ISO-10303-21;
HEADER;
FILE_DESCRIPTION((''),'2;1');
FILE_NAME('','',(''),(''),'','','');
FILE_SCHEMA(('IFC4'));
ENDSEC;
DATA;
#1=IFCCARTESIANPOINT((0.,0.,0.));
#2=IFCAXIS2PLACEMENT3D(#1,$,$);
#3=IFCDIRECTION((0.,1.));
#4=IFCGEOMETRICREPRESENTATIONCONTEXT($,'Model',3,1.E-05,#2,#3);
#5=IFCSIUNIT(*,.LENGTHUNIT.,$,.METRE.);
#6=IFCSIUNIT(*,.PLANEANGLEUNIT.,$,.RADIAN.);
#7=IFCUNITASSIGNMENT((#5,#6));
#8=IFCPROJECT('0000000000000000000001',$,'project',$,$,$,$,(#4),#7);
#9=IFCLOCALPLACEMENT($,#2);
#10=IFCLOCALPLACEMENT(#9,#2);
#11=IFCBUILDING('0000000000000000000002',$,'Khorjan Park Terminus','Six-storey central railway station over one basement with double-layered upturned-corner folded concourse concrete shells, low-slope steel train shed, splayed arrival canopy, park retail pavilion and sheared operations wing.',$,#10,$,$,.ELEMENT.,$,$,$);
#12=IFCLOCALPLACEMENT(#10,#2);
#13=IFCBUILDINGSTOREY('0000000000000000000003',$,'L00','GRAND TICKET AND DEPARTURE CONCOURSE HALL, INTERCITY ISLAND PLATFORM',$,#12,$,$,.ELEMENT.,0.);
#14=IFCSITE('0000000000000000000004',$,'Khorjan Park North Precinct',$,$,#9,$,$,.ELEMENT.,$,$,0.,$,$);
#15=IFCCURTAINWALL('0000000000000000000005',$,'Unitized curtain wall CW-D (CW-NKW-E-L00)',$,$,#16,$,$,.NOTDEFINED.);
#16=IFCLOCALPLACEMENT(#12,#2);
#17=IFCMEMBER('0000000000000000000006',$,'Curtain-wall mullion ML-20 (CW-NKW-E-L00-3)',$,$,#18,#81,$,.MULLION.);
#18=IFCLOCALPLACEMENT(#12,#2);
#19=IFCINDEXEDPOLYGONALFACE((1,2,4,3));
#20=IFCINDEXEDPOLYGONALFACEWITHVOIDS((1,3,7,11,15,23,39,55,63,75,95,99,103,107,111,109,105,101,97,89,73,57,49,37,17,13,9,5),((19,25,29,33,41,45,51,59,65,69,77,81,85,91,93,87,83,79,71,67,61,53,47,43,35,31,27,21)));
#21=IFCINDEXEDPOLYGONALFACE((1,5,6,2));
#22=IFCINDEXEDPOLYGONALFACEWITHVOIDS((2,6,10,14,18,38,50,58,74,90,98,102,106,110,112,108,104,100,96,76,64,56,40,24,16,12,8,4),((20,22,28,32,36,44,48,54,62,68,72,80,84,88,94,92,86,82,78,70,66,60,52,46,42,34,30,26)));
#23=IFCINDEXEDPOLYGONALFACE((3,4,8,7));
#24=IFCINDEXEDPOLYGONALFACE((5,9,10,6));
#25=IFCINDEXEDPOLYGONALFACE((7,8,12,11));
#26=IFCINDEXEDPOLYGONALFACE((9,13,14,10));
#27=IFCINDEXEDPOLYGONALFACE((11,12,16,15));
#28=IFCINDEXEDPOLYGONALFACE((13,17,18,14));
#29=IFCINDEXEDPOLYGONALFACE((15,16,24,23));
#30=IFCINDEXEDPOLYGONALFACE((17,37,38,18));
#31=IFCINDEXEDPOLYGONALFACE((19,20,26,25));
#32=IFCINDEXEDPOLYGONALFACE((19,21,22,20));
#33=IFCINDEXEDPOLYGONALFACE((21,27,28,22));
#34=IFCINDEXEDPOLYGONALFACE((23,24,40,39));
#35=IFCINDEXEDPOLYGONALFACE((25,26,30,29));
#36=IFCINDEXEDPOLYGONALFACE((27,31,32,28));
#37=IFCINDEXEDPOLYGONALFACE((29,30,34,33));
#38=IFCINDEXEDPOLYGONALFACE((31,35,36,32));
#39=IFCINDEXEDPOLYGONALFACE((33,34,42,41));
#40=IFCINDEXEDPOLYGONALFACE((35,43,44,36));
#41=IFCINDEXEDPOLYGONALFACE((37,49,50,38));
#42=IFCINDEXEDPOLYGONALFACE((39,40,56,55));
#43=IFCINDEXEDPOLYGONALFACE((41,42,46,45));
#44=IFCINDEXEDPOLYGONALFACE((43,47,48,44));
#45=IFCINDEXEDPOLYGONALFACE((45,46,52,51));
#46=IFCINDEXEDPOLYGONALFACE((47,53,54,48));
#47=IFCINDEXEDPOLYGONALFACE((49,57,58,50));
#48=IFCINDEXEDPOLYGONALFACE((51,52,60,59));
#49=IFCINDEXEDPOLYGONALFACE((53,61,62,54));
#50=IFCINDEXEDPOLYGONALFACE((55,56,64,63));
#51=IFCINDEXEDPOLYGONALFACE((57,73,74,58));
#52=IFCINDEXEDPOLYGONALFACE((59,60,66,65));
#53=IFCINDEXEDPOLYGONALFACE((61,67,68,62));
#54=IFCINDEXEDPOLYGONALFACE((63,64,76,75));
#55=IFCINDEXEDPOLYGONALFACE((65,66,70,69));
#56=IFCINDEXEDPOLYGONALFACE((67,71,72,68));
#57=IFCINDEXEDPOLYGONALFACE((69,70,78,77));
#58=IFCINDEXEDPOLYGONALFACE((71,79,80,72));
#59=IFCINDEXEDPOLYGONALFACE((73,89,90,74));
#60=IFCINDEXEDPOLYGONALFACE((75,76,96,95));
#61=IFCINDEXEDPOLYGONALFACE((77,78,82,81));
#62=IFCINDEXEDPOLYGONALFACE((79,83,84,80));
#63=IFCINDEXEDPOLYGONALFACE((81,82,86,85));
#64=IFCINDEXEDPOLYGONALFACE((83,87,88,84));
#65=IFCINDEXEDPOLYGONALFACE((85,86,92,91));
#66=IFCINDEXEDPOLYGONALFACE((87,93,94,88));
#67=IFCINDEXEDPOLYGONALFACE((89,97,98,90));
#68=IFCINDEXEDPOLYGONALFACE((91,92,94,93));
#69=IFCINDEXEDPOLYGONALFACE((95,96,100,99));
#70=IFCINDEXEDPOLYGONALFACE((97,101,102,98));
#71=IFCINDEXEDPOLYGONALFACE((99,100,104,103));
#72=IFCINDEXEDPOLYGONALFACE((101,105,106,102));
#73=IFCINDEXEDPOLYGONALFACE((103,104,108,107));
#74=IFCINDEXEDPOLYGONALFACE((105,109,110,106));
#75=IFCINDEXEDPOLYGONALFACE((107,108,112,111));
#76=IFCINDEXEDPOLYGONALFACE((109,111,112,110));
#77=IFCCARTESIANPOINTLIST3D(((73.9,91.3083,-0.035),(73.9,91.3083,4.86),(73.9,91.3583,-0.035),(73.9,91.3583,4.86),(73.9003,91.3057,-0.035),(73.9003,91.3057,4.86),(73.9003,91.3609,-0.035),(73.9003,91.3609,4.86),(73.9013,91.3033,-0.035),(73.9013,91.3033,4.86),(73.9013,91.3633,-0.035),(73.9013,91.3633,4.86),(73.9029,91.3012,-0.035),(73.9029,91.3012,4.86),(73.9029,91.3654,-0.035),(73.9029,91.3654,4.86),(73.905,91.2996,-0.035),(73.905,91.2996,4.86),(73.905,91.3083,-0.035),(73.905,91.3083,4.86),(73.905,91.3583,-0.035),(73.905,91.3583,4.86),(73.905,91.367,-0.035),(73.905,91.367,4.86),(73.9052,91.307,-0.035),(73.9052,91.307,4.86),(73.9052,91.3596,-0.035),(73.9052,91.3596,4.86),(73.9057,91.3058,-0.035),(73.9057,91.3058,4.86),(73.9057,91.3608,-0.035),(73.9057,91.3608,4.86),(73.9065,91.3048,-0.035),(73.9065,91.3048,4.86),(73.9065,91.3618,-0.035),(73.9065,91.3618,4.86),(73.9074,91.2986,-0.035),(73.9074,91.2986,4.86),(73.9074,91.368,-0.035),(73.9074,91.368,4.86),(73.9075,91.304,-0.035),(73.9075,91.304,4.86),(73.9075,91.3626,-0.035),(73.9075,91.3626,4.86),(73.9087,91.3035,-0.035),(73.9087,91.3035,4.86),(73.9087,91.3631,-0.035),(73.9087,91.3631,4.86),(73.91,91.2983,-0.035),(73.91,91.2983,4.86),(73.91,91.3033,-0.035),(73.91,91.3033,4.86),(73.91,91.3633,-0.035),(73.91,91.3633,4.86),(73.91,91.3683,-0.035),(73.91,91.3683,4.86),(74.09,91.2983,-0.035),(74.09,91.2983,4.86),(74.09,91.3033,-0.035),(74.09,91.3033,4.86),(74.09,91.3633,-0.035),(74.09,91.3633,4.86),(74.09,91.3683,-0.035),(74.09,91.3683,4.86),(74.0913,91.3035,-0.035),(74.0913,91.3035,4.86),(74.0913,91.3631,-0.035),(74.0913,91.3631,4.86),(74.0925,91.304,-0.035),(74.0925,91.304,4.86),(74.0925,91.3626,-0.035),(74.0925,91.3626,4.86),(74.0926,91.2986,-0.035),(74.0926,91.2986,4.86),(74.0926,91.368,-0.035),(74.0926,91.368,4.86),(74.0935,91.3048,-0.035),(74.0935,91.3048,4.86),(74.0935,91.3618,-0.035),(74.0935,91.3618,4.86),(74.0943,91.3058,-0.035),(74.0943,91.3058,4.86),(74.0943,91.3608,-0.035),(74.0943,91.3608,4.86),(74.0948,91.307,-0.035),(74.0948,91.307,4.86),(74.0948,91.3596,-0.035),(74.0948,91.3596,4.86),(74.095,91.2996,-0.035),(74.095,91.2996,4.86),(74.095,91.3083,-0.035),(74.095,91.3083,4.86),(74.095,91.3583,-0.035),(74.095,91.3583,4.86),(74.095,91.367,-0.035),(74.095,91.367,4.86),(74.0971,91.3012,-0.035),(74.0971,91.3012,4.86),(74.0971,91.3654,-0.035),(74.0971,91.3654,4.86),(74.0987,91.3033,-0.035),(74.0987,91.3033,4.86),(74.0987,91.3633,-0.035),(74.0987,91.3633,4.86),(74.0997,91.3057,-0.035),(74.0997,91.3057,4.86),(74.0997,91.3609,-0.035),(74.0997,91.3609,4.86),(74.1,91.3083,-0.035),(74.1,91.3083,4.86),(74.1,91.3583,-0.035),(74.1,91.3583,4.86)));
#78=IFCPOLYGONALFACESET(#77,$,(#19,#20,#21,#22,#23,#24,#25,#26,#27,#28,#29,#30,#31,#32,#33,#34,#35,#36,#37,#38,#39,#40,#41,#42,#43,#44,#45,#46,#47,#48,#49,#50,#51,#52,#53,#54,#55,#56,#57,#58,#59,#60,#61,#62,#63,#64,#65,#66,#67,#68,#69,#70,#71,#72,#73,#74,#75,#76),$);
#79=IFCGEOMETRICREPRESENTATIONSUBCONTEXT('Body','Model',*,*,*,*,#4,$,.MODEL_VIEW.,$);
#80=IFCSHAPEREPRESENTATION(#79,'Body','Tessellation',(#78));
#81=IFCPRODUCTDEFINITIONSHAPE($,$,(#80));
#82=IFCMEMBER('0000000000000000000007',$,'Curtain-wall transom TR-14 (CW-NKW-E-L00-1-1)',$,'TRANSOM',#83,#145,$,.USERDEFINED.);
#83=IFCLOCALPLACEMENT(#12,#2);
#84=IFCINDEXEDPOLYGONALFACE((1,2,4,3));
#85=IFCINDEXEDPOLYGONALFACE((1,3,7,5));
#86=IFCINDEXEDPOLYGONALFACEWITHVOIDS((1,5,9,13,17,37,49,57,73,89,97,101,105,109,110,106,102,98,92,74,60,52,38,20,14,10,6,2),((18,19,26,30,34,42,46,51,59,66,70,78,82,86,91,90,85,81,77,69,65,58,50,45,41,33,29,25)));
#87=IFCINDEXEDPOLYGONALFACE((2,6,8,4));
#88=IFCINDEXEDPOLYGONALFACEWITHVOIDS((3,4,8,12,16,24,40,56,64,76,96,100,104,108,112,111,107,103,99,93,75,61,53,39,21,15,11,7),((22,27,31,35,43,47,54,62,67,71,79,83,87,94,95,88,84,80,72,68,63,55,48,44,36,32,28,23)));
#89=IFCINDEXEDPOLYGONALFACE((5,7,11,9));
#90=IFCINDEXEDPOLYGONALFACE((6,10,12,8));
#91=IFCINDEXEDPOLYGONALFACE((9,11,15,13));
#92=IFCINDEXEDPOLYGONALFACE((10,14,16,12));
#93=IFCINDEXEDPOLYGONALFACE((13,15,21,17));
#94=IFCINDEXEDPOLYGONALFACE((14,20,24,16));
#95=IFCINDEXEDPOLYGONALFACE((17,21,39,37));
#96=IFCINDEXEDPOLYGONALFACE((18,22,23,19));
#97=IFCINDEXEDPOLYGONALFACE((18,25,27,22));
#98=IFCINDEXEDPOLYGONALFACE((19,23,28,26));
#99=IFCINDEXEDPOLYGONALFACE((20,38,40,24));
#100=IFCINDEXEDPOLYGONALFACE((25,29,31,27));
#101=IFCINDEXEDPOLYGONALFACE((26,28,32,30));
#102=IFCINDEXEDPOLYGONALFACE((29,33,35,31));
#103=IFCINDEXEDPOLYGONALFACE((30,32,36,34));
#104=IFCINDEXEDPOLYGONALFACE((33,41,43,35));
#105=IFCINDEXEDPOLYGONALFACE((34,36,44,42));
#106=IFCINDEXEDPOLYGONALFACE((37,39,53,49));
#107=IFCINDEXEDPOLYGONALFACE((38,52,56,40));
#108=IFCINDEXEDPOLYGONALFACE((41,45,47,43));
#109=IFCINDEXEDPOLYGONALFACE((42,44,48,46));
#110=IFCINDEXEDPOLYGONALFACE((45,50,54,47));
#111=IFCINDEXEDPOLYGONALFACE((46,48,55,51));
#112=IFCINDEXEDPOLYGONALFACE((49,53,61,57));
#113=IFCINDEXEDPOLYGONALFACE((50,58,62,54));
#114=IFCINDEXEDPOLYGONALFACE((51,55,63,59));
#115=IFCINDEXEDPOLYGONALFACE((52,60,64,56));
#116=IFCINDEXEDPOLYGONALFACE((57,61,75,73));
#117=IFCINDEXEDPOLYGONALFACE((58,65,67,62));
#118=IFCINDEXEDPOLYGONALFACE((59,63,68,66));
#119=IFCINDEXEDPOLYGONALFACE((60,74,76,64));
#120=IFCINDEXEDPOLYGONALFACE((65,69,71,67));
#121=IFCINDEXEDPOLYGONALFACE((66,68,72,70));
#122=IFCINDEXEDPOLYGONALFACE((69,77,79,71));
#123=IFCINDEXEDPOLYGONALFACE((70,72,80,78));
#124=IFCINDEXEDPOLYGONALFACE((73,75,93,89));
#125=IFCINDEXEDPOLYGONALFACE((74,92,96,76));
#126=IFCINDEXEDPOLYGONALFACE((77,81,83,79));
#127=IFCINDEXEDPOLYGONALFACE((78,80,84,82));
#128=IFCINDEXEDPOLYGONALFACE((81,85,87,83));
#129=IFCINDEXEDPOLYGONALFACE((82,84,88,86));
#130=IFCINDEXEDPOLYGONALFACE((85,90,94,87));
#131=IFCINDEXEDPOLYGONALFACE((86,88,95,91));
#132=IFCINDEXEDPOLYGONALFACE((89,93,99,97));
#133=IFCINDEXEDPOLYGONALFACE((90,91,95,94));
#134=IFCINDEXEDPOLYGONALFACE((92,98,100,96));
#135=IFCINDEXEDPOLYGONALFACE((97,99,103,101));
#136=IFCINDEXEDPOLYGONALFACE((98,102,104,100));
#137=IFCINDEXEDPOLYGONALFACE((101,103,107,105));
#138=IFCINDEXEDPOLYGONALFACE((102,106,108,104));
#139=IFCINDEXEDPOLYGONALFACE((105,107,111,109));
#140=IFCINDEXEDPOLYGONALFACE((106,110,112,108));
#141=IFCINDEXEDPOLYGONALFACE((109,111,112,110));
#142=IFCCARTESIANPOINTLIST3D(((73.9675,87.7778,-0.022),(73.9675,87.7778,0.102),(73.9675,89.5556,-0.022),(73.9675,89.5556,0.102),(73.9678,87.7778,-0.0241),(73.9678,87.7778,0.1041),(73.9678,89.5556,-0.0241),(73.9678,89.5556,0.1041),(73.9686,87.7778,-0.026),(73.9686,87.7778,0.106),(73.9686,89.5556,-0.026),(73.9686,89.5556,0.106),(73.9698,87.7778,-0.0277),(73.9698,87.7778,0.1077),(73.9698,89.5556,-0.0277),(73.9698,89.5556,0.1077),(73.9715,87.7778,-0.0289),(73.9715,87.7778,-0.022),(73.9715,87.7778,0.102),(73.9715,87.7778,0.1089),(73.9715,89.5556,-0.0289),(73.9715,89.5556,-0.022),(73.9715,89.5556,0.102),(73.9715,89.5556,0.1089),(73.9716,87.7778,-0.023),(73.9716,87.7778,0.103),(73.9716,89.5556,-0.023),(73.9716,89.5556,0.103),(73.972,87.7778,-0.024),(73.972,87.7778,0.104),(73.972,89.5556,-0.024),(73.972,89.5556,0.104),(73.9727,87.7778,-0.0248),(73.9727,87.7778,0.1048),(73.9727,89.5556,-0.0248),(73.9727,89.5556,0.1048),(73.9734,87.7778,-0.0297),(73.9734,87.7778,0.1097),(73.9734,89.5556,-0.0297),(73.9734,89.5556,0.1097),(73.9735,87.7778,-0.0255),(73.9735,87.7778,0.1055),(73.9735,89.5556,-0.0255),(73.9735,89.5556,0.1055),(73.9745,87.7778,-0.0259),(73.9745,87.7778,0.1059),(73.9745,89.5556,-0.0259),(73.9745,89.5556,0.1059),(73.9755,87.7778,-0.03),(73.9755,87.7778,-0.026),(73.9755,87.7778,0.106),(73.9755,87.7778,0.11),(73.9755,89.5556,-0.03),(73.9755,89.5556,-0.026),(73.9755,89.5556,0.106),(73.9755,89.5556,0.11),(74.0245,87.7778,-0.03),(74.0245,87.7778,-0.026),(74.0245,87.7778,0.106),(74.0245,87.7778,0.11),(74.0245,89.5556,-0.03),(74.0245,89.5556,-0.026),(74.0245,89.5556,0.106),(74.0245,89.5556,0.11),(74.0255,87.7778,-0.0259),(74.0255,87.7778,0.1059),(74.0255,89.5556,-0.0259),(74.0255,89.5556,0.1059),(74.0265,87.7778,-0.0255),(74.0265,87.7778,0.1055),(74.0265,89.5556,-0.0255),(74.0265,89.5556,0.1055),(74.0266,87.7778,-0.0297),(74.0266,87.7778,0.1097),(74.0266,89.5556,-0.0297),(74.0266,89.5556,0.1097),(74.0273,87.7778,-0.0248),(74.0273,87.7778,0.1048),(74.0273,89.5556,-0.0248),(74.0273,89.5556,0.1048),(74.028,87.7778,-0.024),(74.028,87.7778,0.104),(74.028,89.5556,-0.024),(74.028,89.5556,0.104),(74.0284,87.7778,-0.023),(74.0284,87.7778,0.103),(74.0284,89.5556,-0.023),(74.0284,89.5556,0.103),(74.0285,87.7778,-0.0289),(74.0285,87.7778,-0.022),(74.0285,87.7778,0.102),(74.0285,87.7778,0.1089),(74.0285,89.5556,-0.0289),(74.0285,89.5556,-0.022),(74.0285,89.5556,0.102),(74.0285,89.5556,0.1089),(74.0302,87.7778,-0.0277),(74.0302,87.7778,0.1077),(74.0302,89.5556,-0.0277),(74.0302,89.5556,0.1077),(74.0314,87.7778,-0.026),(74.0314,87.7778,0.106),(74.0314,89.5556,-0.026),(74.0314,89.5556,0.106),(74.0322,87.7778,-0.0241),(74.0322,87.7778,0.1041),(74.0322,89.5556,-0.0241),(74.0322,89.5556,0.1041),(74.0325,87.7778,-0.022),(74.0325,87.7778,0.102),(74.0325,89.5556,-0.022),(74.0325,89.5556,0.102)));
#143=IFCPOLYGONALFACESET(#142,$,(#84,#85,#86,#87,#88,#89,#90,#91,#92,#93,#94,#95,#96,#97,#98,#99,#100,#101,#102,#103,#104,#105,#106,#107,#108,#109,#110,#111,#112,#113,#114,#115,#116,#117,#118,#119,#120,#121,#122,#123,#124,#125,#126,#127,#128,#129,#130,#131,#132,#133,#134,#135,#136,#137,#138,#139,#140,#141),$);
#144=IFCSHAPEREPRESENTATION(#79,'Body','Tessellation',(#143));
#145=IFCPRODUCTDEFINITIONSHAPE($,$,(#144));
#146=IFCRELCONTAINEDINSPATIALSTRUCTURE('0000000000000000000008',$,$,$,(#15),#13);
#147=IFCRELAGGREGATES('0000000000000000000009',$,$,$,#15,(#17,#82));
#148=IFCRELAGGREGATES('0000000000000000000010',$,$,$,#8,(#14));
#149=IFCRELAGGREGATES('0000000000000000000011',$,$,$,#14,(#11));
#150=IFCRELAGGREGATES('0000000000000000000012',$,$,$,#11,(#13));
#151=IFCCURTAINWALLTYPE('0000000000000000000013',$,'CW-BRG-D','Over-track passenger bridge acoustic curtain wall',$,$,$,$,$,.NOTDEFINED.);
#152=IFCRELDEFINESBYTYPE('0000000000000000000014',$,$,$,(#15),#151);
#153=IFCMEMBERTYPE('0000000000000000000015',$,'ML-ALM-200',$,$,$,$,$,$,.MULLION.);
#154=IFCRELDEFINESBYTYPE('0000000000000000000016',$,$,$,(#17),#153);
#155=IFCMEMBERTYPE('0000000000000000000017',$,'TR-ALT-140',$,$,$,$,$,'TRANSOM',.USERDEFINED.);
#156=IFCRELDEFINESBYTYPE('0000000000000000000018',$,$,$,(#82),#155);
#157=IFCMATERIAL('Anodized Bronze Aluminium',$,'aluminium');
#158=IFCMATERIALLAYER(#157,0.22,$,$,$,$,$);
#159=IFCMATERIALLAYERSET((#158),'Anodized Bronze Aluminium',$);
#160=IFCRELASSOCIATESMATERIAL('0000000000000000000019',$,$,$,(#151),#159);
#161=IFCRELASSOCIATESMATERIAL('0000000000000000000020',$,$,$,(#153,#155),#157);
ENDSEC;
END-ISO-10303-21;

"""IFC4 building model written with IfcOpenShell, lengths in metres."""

from ifc_helpers import new_model, si_unit, direction, frame, origin, origin_2d, place, context, subcontext, project, spatial, hollow_rectangle, extrude, material, layer, layer_set, material_profile, profile_set, type_object, element, aggregate, save


model = new_model("IFC4")

# Units and contexts
model_context = context("Model", 3, precision=1e-05, world=origin(), true_north=direction((0.0, 1.0)))
body_context = subcontext(model_context, "Body", "Model", "MODEL_VIEW")
ifc_project = project(units=[si_unit("LENGTHUNIT", "METRE"), si_unit("PLANEANGLEUNIT", "RADIAN")], contexts=[model_context])

# Site, building, storey
site_placement = place(None, origin())
site = spatial("IfcSite", under=ifc_project, at=site_placement, Name="Khorjan Park North Precinct", CompositionType="ELEMENT", RefElevation=0.0)
building_placement = place(site_placement, origin())
building = spatial("IfcBuilding", under=site, at=building_placement, Name="Khorjan Park Terminus", Description="Six-storey central railway station over one basement with double-layered upturned-corner folded concourse concrete shells, low-slope steel train shed, splayed arrival canopy, park retail pavilion and sheared operations wing.", CompositionType="ELEMENT")
storey_placement = place(building_placement, origin())
storey = spatial("IfcBuildingStorey", under=building, at=storey_placement, Name="L00", Description="GRAND TICKET AND DEPARTURE CONCOURSE HALL, INTERCITY ISLAND PLATFORM", CompositionType="ELEMENT", Elevation=0.0)

# Curtain wall, members
ifc_material_1 = material(Name="Anodized Bronze Aluminium", Category="aluminium")
ifc_layer_1 = layer(ifc_material_1, 0.22)
ifc_layer_set_1 = layer_set([ifc_layer_1], Name="Anodized Bronze Aluminium")
curtain_wall_type = type_object("IfcCurtainWallType", Name="CW-BRG-D", Description="Over-track passenger bridge acoustic curtain wall", PredefinedType="NOTDEFINED", material=ifc_layer_set_1)
curtain_wall_placement = place(storey_placement, origin())
curtain_wall = element("IfcCurtainWall", 1, at=curtain_wall_placement, inside=storey, type_object=curtain_wall_type, Name="Unitized curtain wall CW-D (CW-NKW-E-L00)", PredefinedType="NOTDEFINED")
ifc_material_profile_1 = material_profile(ifc_material_1, hollow_rectangle(XDim=0.07, YDim=0.2, WallThickness=0.005, InnerFilletRadius=0.005, OuterFilletRadius=0.01, at=origin_2d()), Name="ALM 70x200x5")
ifc_profile_set_1 = profile_set([ifc_material_profile_1], Name="Anodized Bronze Aluminium")
member_type_1 = type_object("IfcMemberType", Name="ML-ALM-200", PredefinedType="MULLION", material=ifc_profile_set_1)
member_1_placement = place(storey_placement, frame((74.0, 91.3333, -0.035), z_axis=(0.0, 0.0, 1.0), x_axis=(0.0, 1.0, 0.0)))
member_1 = element("IfcMember", 2, at=member_1_placement, type_object=member_type_1, Name="Curtain-wall mullion ML-20 (CW-NKW-E-L00-3)", PredefinedType="MULLION", context=body_context, shape_type="SweptSolid", body=[
    extrude(hollow_rectangle(XDim=0.07, YDim=0.2, WallThickness=0.005, InnerFilletRadius=0.005, OuterFilletRadius=0.01, at=origin_2d()), origin(), (0.0, 0.0, 1.0), 4.895),
])
ifc_material_profile_2 = material_profile(ifc_material_1, hollow_rectangle(XDim=0.065, YDim=0.14, WallThickness=0.004, InnerFilletRadius=0.004, OuterFilletRadius=0.008, at=origin_2d()), Name="ALT 65x140x4")
ifc_profile_set_2 = profile_set([ifc_material_profile_2], Name="Anodized Bronze Aluminium")
member_type_2 = type_object("IfcMemberType", Name="TR-ALT-140", ElementType="TRANSOM", PredefinedType="USERDEFINED", material=ifc_profile_set_2)
member_2_placement = place(storey_placement, frame((74.0, 87.7778, 0.04), z_axis=(0.0, 1.0, 0.0), x_axis=(-1.0, 0.0, 0.0)))
member_2 = element("IfcMember", 3, at=member_2_placement, type_object=member_type_2, Name="Curtain-wall transom TR-14 (CW-NKW-E-L00-1-1)", ObjectType="TRANSOM", PredefinedType="USERDEFINED", context=body_context, shape_type="SweptSolid", body=[
    extrude(hollow_rectangle(XDim=0.065, YDim=0.14, WallThickness=0.004, InnerFilletRadius=0.004, OuterFilletRadius=0.008, at=origin_2d()), origin(), (0.0, 0.0, 1.0), 1.7778),
])
aggregate(curtain_wall, [member_1, member_2])

save(model, "model.ifc")
